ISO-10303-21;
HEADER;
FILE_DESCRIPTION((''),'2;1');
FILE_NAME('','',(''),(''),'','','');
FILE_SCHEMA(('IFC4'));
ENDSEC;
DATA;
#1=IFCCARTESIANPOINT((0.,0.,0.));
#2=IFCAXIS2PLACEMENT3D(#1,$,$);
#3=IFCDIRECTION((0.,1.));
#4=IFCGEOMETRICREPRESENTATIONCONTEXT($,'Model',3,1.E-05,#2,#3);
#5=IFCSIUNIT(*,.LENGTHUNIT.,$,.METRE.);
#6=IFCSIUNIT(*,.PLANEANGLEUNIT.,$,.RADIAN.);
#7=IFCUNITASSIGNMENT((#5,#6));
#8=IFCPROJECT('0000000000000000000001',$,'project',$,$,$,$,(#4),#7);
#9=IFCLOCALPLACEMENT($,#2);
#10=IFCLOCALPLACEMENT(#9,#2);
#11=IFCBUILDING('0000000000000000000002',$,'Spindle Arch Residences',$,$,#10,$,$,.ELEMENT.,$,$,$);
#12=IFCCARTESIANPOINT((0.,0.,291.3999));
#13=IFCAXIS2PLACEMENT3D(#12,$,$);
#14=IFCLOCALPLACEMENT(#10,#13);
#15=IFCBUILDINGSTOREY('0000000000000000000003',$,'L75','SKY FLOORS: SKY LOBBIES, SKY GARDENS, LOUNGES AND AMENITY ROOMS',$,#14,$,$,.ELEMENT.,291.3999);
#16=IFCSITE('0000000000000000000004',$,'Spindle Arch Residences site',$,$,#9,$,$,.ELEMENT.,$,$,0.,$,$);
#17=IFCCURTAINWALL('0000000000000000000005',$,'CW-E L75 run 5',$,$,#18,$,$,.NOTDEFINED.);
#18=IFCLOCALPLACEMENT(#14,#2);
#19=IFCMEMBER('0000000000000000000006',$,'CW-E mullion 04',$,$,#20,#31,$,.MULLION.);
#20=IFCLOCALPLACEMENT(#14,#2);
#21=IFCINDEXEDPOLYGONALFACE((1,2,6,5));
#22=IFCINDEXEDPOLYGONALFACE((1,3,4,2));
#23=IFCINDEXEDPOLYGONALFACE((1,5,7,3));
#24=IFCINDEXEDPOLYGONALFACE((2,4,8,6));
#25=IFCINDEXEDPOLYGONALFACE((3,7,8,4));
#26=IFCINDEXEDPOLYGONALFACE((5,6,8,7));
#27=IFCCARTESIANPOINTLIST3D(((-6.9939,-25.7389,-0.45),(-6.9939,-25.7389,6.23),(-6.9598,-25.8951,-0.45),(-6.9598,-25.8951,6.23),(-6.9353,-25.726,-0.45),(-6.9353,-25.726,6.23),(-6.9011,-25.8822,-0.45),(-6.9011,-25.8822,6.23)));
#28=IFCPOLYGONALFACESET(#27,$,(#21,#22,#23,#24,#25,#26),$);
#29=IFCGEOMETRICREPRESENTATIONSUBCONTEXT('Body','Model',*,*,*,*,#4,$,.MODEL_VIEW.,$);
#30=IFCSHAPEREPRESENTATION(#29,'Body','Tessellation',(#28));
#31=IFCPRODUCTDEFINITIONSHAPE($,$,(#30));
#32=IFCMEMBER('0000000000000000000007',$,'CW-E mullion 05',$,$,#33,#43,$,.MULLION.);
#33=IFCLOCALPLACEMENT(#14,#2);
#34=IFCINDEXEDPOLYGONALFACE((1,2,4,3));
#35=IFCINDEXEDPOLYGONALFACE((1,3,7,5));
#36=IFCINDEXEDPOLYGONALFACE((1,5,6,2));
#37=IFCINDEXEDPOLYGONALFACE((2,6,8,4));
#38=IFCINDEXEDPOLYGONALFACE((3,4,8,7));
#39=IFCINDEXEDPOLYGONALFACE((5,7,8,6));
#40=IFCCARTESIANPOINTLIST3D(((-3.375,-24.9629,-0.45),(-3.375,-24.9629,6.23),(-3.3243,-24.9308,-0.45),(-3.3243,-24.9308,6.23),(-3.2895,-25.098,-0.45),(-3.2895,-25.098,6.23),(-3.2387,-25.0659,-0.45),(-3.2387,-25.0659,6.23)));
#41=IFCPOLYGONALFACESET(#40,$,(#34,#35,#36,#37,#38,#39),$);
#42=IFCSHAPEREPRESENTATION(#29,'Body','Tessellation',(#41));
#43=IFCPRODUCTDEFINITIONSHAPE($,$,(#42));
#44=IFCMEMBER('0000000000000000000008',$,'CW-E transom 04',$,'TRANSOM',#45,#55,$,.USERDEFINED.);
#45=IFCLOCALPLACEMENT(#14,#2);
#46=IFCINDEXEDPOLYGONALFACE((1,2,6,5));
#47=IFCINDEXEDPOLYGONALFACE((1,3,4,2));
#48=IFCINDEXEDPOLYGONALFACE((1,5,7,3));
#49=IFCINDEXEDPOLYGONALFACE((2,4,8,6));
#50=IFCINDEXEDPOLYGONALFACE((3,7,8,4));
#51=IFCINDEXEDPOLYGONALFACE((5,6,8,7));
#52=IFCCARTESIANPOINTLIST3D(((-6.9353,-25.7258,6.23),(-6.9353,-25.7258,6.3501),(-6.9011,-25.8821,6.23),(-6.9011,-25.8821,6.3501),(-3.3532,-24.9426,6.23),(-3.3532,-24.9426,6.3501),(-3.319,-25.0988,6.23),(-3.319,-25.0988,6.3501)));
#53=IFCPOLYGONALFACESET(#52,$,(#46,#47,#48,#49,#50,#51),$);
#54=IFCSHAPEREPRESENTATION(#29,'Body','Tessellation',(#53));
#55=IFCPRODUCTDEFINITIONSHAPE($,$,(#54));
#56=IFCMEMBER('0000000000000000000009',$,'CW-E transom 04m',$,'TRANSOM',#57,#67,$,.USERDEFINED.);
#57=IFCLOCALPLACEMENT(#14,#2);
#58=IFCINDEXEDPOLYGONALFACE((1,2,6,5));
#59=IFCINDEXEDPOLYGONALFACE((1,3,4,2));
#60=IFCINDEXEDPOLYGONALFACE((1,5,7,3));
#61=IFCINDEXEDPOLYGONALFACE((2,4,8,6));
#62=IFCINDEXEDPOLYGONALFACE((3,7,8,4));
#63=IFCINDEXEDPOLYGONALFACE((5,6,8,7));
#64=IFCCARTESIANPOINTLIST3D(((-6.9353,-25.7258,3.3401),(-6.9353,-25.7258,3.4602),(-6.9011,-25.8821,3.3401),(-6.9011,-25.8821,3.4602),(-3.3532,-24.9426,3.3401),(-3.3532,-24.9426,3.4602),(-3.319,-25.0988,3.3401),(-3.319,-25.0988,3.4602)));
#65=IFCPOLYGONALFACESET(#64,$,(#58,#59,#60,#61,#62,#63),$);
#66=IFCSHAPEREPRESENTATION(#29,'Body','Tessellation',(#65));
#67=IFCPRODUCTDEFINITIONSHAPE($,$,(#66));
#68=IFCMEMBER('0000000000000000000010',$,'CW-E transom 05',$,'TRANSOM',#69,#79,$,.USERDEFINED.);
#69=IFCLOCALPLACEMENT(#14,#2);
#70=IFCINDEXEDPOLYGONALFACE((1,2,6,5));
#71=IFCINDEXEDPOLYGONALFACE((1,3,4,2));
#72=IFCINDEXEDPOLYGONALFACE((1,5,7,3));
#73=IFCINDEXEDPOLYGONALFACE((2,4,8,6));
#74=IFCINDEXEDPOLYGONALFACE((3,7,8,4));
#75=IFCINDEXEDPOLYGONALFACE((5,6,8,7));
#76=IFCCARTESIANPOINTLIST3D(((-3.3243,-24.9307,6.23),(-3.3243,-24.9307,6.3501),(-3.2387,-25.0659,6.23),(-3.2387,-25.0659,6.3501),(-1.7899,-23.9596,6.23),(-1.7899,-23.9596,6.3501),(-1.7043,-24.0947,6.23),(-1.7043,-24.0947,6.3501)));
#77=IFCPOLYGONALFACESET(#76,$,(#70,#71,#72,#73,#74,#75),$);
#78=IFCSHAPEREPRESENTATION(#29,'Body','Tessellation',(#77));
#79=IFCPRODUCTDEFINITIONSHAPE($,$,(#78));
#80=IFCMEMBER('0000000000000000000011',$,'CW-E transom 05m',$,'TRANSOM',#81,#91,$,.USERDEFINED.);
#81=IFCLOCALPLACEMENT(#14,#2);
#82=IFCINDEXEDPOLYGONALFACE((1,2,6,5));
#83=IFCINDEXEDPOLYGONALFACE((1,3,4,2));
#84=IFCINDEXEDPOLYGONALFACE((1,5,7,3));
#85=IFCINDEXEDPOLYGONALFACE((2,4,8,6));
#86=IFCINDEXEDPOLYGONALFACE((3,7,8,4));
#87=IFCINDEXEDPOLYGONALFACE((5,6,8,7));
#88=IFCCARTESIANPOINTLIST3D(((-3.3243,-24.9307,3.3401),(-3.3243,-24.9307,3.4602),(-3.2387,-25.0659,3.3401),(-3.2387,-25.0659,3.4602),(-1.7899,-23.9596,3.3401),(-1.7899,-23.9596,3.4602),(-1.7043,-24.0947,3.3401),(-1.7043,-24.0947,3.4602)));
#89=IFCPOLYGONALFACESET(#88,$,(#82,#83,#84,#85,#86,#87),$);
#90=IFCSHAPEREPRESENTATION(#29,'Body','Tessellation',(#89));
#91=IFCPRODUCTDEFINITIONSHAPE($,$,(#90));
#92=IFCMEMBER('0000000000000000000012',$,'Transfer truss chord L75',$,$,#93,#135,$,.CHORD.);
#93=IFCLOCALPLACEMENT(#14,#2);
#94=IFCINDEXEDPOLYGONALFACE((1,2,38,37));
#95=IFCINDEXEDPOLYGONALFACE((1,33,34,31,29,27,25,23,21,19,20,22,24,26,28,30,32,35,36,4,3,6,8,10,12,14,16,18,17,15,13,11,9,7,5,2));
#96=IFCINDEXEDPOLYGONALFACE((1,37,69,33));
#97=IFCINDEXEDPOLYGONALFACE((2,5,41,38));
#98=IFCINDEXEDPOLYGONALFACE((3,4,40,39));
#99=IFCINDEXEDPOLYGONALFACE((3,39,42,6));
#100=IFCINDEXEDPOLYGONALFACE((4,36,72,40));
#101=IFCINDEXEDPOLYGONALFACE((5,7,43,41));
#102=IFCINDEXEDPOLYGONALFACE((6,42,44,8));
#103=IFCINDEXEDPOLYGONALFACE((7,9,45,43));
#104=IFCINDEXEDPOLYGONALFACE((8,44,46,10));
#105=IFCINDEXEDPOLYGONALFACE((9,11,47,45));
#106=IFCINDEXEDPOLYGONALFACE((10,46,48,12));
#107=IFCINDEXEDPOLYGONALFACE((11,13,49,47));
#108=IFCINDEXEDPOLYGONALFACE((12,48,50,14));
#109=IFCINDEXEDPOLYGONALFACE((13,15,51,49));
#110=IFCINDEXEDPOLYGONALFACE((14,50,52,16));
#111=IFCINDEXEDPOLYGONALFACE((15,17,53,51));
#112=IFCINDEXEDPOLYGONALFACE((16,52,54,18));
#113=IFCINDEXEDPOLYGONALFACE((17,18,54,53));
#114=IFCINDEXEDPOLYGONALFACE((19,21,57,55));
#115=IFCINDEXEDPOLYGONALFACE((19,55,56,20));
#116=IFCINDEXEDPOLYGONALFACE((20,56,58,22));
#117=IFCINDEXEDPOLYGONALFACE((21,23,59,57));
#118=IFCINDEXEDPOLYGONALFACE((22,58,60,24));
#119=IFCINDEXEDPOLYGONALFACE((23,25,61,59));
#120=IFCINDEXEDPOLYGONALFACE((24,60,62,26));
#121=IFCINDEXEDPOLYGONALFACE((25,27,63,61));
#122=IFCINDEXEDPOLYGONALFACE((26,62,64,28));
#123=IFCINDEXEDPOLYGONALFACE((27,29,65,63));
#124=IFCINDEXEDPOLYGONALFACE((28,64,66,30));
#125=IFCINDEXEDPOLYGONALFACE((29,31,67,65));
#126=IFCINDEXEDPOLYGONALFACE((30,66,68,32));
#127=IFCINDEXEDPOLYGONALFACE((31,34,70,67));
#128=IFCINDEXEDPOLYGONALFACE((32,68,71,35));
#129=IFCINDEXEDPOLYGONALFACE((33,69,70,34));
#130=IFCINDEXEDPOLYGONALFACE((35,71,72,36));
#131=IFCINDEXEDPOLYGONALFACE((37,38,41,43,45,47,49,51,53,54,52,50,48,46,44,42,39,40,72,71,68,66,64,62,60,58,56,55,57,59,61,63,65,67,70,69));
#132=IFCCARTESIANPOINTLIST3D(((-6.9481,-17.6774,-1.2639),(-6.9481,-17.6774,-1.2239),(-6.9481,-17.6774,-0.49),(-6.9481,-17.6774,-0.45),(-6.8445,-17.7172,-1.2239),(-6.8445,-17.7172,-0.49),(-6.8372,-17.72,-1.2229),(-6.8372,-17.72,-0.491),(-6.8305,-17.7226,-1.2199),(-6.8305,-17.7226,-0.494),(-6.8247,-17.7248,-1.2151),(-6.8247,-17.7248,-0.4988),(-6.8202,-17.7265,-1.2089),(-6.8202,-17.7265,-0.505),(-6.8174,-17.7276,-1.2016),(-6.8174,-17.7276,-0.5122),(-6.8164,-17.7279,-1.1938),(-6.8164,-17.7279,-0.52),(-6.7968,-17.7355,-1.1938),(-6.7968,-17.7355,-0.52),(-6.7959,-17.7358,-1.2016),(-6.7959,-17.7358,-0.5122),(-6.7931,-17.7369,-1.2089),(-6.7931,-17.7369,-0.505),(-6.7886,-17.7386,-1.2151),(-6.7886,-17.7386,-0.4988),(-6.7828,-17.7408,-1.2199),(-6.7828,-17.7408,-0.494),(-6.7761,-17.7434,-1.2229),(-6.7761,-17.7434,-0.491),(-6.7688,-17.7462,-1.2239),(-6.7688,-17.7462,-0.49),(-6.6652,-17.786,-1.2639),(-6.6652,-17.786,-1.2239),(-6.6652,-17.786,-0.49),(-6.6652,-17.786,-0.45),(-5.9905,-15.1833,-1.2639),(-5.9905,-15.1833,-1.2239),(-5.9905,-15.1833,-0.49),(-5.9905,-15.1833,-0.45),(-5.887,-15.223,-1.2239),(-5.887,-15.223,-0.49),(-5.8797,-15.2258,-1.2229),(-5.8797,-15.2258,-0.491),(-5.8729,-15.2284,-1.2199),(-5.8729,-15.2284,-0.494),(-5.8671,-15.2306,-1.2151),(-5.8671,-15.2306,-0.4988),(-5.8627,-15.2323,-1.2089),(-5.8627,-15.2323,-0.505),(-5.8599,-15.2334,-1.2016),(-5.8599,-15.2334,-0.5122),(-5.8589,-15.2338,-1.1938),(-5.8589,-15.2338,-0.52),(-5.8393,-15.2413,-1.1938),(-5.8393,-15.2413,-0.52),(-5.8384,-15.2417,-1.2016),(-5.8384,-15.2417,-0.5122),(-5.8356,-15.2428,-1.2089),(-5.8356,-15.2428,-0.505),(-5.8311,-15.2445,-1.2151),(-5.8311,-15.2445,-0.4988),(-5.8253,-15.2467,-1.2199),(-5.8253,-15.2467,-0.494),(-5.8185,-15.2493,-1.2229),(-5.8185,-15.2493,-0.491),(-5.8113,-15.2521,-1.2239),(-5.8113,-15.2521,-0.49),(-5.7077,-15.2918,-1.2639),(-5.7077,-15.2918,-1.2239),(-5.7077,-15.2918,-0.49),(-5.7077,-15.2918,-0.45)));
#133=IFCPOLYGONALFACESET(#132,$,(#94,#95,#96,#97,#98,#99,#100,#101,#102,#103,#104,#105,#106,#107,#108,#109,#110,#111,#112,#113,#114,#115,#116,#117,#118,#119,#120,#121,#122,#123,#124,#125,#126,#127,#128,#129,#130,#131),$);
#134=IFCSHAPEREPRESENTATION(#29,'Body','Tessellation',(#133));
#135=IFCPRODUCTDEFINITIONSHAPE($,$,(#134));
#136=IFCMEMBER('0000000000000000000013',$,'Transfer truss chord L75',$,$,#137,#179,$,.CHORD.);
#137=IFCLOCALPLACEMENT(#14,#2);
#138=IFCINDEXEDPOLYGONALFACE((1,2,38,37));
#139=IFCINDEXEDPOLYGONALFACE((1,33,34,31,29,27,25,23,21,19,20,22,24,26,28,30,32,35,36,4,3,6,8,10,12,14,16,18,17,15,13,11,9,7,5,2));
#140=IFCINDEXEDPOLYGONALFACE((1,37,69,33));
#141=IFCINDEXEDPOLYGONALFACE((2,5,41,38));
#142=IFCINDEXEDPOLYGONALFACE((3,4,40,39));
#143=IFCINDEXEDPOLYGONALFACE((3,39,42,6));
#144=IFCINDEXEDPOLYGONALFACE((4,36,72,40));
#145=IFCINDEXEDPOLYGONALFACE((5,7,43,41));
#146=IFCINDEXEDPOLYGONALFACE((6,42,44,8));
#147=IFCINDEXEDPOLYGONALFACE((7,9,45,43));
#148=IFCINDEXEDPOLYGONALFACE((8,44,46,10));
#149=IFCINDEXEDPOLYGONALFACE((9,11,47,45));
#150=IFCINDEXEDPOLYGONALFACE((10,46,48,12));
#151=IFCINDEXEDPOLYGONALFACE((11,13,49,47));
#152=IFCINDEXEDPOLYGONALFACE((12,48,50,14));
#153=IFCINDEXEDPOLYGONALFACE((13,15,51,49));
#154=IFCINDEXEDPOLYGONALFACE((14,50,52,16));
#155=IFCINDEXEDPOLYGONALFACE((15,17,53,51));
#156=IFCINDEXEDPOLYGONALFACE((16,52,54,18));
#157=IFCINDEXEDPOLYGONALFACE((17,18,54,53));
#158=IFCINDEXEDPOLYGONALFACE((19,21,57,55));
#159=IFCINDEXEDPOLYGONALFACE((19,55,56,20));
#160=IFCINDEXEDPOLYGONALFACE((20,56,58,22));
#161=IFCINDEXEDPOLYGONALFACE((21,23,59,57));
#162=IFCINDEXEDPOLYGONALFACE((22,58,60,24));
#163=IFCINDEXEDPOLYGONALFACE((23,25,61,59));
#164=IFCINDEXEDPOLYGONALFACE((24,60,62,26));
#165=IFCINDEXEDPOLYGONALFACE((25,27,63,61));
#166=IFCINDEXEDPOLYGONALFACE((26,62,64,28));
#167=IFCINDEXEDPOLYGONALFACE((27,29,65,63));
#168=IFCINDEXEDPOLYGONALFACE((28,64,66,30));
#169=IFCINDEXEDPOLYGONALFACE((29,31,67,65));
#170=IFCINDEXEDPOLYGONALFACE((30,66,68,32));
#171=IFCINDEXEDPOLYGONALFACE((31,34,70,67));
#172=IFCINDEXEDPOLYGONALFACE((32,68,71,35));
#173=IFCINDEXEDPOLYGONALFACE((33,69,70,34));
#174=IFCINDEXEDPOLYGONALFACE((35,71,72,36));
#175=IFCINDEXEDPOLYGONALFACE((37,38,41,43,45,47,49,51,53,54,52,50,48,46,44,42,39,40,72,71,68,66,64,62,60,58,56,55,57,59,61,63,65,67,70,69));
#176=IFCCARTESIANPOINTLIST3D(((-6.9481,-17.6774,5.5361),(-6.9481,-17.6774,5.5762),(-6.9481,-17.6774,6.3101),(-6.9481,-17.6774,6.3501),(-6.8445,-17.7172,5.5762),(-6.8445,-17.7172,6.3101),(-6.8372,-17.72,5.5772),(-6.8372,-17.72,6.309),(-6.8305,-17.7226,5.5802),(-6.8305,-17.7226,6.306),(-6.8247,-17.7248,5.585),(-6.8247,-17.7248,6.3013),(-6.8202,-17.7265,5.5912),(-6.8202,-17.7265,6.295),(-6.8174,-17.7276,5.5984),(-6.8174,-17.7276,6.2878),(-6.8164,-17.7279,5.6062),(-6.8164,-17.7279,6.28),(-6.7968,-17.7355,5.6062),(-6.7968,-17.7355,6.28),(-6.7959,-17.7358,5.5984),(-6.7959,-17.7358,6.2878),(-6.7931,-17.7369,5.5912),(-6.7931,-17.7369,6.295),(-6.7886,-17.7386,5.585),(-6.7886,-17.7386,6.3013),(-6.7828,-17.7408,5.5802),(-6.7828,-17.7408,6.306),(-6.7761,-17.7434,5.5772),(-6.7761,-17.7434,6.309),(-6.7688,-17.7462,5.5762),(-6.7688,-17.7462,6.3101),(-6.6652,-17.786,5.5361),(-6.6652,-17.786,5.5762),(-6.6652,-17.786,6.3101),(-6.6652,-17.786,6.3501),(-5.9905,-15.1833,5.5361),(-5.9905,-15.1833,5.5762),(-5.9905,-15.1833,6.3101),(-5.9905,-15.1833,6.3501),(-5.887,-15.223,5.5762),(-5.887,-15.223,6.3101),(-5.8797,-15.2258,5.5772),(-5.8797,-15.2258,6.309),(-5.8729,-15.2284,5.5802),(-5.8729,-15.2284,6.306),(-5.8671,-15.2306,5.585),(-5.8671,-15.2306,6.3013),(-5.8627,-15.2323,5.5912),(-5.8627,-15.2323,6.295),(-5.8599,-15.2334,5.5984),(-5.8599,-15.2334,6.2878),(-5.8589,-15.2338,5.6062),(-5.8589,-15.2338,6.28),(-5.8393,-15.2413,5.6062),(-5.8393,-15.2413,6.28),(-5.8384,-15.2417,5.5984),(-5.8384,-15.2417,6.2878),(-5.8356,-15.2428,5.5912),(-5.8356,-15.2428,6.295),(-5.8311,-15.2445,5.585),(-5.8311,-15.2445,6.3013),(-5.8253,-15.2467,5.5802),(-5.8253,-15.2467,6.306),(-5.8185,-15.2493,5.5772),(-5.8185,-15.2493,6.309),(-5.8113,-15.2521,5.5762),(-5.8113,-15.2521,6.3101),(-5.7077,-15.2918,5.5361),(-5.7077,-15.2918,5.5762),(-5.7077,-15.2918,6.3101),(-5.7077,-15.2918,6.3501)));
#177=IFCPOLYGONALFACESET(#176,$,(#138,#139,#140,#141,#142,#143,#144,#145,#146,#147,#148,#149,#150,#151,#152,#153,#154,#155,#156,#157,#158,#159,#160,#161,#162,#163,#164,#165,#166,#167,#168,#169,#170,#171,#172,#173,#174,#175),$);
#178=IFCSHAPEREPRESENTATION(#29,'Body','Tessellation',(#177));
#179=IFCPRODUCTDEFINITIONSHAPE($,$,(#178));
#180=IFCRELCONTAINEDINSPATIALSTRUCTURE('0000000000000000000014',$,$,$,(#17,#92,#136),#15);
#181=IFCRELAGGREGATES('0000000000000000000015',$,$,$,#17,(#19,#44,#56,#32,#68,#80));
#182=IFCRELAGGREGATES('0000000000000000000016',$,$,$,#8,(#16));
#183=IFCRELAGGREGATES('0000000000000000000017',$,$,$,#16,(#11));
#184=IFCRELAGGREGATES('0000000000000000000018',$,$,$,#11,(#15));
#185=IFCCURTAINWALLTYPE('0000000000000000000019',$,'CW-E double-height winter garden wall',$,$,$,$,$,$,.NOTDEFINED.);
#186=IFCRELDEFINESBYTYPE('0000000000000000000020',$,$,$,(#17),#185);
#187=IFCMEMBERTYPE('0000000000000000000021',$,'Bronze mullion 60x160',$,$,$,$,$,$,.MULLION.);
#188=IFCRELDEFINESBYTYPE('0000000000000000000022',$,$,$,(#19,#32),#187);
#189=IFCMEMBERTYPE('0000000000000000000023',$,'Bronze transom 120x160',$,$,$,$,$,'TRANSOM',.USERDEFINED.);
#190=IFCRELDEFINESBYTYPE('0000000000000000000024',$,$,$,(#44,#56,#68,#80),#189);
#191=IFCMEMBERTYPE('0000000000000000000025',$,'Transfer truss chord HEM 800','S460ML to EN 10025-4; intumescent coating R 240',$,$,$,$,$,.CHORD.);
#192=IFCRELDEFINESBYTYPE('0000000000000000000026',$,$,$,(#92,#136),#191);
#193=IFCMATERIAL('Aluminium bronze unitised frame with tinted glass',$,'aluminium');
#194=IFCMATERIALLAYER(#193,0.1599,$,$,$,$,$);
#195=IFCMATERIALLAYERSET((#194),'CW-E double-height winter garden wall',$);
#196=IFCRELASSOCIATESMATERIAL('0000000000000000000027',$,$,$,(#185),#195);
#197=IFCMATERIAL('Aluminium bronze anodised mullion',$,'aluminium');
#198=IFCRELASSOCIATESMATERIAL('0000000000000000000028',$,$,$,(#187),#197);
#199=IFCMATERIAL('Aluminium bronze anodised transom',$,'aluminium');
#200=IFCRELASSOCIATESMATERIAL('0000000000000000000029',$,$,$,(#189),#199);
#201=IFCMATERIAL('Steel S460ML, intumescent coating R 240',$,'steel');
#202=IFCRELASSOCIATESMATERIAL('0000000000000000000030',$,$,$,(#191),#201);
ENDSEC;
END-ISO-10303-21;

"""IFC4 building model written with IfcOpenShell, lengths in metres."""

from ifc_helpers import new_model, si_unit, direction, frame, origin, origin_2d, place, context, subcontext, project, spatial, rectangle, i_section, extrude, material, layer, layer_set, material_profile, profile_set, type_object, element, aggregate, save


model = new_model("IFC4")

# Units and contexts
model_context = context("Model", 3, precision=1e-05, world=origin(), true_north=direction((0.0, 1.0)))
body_context = subcontext(model_context, "Body", "Model", "MODEL_VIEW")
ifc_project = project(units=[si_unit("LENGTHUNIT", "METRE"), si_unit("PLANEANGLEUNIT", "RADIAN")], contexts=[model_context])

# Site, building, storey
site_placement = place(None, origin())
site = spatial("IfcSite", under=ifc_project, at=site_placement, Name="Spindle Arch Residences site", CompositionType="ELEMENT", RefElevation=0.0)
building_placement = place(site_placement, origin())
building = spatial("IfcBuilding", under=site, at=building_placement, Name="Spindle Arch Residences", CompositionType="ELEMENT")
storey_placement = place(building_placement, frame((0.0, 0.0, 291.3999)))
storey = spatial("IfcBuildingStorey", under=building, at=storey_placement, Name="L75", Description="SKY FLOORS: SKY LOBBIES, SKY GARDENS, LOUNGES AND AMENITY ROOMS", CompositionType="ELEMENT", Elevation=291.3999)

# Curtain wall, members
ifc_material_1 = material(Name="Aluminium bronze unitised frame with tinted glass", Category="aluminium")
ifc_layer_1 = layer(ifc_material_1, 0.1599)
ifc_layer_set_1 = layer_set([ifc_layer_1], Name="CW-E double-height winter garden wall")
curtain_wall_type = type_object("IfcCurtainWallType", Name="CW-E double-height winter garden wall", PredefinedType="NOTDEFINED", material=ifc_layer_set_1)
curtain_wall_placement = place(storey_placement, origin())
curtain_wall = element("IfcCurtainWall", 1, at=curtain_wall_placement, inside=storey, type_object=curtain_wall_type, Name="CW-E L75 run 5", PredefinedType="NOTDEFINED")
ifc_material_2 = material(Name="Aluminium bronze anodised mullion", Category="aluminium")
ifc_material_profile_1 = material_profile(ifc_material_2, rectangle(XDim=0.1599, YDim=0.0601, at=origin_2d()), Name="MU 60x160")
ifc_profile_set_1 = profile_set([ifc_material_profile_1], Name="Aluminium bronze anodised mullion")
member_type_1 = type_object("IfcMemberType", Name="Bronze mullion 60x160", PredefinedType="MULLION", material=ifc_profile_set_1)
member_1_placement = place(storey_placement, frame((-6.9475, -25.8105, -0.45), z_axis=(0.0, 0.0, 1.0), x_axis=(-0.213599, 0.976921, 0.0)))
member_1 = element("IfcMember", 2, at=member_1_placement, type_object=member_type_1, Name="CW-E mullion 04", PredefinedType="MULLION", context=body_context, shape_type="SweptSolid", body=[
    extrude(rectangle(XDim=0.1599, YDim=0.0601, at=origin_2d()), origin(), (0.0, 0.0, 1.0), 6.6799),
])
member_2_placement = place(storey_placement, frame((-3.3069, -25.0144, -0.45), z_axis=(0.0, 0.0, 1.0), x_axis=(-0.534844, 0.844951, 0.0)))
member_2 = element("IfcMember", 3, at=member_2_placement, type_object=member_type_1, Name="CW-E mullion 05", PredefinedType="MULLION", context=body_context, shape_type="SweptSolid", body=[
    extrude(rectangle(XDim=0.1599, YDim=0.0601, at=origin_2d()), origin(), (0.0, 0.0, 1.0), 6.6799),
])
ifc_material_3 = material(Name="Aluminium bronze anodised transom", Category="aluminium")
ifc_material_profile_2 = material_profile(ifc_material_3, rectangle(XDim=0.1599, YDim=0.1201, at=origin_2d()), Name="TR 120x160")
ifc_profile_set_2 = profile_set([ifc_material_profile_2], Name="Aluminium bronze anodised transom")
member_type_2 = type_object("IfcMemberType", Name="Bronze transom 120x160", ElementType="TRANSOM", PredefinedType="USERDEFINED", material=ifc_profile_set_2)
member_3_placement = place(storey_placement, frame((-6.9182, -25.804, 6.29), z_axis=(0.976921, 0.213602, 0.0), x_axis=(-0.213602, 0.976921, 0.0)))
member_3 = element("IfcMember", 4, at=member_3_placement, type_object=member_type_2, Name="CW-E transom 04", ObjectType="TRANSOM", PredefinedType="USERDEFINED", context=body_context, shape_type="SweptSolid", body=[
    extrude(rectangle(XDim=0.1599, YDim=0.1201, at=origin_2d()), origin(), (0.0, 0.0, 1.0), 3.6667),
])
member_4_placement = place(storey_placement, frame((-6.9182, -25.804, 3.4001), z_axis=(0.976921, 0.213602, 0.0), x_axis=(-0.213602, 0.976921, 0.0)))
member_4 = element("IfcMember", 5, at=member_4_placement, type_object=member_type_2, Name="CW-E transom 04m", ObjectType="TRANSOM", PredefinedType="USERDEFINED", context=body_context, shape_type="SweptSolid", body=[
    extrude(rectangle(XDim=0.1599, YDim=0.1201, at=origin_2d()), origin(), (0.0, 0.0, 1.0), 3.6667),
])
member_5_placement = place(storey_placement, frame((-3.2815, -24.9983, 6.29), z_axis=(0.844971, 0.534812, 0.0), x_axis=(-0.534812, 0.844971, 0.0)))
member_5 = element("IfcMember", 6, at=member_5_placement, type_object=member_type_2, Name="CW-E transom 05", ObjectType="TRANSOM", PredefinedType="USERDEFINED", context=body_context, shape_type="SweptSolid", body=[
    extrude(rectangle(XDim=0.1599, YDim=0.1201, at=origin_2d()), origin(), (0.0, 0.0, 1.0), 1.8159),
])
member_6_placement = place(storey_placement, frame((-3.2815, -24.9983, 3.4001), z_axis=(0.844971, 0.534812, 0.0), x_axis=(-0.534812, 0.844971, 0.0)))
member_6 = element("IfcMember", 7, at=member_6_placement, type_object=member_type_2, Name="CW-E transom 05m", ObjectType="TRANSOM", PredefinedType="USERDEFINED", context=body_context, shape_type="SweptSolid", body=[
    extrude(rectangle(XDim=0.1599, YDim=0.1201, at=origin_2d()), origin(), (0.0, 0.0, 1.0), 1.8159),
])

# Members
ifc_material_4 = material(Name="Steel S460ML, intumescent coating R 240", Category="steel")
ifc_material_profile_3 = material_profile(ifc_material_4, i_section(OverallWidth=0.303, OverallDepth=0.814, WebThickness=0.021, FlangeThickness=0.04, FilletRadius=0.03, at=origin_2d()), Name="HEM 800")
ifc_profile_set_3 = profile_set([ifc_material_profile_3], Name="Steel S460ML, intumescent coating R 240")
member_type_3 = type_object("IfcMemberType", Name="Transfer truss chord HEM 800", Description="S460ML to EN 10025-4; intumescent coating R 240", PredefinedType="CHORD", material=ifc_profile_set_3)
for number, where, z_axis, x_axis, name in (
    (8, (-5.8491, -15.2375, -0.8569), (-0.358403, -0.933567, 0.0), (0.933567, -0.358403, 0.0), "Transfer truss chord L75"),
    (9, (-5.8491, -15.2375, 5.9431), (-0.358403, -0.933567, 0.0), (0.933567, -0.358403, 0.0), "Transfer truss chord L75"),
):
    element("IfcMember", number, at=place(storey_placement, frame(where, z_axis=z_axis, x_axis=x_axis)), inside=storey, type_object=member_type_3, Name=name, PredefinedType="CHORD", context=body_context, shape_type="SweptSolid", body=[
        extrude(i_section(OverallWidth=0.303, OverallDepth=0.814, WebThickness=0.021, FlangeThickness=0.04, FilletRadius=0.03, at=origin_2d()), origin(), (0.0, 0.0, 1.0), 2.6716),
    ])

aggregate(curtain_wall, [member_1, member_3, member_4, member_2, member_5, member_6])

save(model, "model.ifc")
